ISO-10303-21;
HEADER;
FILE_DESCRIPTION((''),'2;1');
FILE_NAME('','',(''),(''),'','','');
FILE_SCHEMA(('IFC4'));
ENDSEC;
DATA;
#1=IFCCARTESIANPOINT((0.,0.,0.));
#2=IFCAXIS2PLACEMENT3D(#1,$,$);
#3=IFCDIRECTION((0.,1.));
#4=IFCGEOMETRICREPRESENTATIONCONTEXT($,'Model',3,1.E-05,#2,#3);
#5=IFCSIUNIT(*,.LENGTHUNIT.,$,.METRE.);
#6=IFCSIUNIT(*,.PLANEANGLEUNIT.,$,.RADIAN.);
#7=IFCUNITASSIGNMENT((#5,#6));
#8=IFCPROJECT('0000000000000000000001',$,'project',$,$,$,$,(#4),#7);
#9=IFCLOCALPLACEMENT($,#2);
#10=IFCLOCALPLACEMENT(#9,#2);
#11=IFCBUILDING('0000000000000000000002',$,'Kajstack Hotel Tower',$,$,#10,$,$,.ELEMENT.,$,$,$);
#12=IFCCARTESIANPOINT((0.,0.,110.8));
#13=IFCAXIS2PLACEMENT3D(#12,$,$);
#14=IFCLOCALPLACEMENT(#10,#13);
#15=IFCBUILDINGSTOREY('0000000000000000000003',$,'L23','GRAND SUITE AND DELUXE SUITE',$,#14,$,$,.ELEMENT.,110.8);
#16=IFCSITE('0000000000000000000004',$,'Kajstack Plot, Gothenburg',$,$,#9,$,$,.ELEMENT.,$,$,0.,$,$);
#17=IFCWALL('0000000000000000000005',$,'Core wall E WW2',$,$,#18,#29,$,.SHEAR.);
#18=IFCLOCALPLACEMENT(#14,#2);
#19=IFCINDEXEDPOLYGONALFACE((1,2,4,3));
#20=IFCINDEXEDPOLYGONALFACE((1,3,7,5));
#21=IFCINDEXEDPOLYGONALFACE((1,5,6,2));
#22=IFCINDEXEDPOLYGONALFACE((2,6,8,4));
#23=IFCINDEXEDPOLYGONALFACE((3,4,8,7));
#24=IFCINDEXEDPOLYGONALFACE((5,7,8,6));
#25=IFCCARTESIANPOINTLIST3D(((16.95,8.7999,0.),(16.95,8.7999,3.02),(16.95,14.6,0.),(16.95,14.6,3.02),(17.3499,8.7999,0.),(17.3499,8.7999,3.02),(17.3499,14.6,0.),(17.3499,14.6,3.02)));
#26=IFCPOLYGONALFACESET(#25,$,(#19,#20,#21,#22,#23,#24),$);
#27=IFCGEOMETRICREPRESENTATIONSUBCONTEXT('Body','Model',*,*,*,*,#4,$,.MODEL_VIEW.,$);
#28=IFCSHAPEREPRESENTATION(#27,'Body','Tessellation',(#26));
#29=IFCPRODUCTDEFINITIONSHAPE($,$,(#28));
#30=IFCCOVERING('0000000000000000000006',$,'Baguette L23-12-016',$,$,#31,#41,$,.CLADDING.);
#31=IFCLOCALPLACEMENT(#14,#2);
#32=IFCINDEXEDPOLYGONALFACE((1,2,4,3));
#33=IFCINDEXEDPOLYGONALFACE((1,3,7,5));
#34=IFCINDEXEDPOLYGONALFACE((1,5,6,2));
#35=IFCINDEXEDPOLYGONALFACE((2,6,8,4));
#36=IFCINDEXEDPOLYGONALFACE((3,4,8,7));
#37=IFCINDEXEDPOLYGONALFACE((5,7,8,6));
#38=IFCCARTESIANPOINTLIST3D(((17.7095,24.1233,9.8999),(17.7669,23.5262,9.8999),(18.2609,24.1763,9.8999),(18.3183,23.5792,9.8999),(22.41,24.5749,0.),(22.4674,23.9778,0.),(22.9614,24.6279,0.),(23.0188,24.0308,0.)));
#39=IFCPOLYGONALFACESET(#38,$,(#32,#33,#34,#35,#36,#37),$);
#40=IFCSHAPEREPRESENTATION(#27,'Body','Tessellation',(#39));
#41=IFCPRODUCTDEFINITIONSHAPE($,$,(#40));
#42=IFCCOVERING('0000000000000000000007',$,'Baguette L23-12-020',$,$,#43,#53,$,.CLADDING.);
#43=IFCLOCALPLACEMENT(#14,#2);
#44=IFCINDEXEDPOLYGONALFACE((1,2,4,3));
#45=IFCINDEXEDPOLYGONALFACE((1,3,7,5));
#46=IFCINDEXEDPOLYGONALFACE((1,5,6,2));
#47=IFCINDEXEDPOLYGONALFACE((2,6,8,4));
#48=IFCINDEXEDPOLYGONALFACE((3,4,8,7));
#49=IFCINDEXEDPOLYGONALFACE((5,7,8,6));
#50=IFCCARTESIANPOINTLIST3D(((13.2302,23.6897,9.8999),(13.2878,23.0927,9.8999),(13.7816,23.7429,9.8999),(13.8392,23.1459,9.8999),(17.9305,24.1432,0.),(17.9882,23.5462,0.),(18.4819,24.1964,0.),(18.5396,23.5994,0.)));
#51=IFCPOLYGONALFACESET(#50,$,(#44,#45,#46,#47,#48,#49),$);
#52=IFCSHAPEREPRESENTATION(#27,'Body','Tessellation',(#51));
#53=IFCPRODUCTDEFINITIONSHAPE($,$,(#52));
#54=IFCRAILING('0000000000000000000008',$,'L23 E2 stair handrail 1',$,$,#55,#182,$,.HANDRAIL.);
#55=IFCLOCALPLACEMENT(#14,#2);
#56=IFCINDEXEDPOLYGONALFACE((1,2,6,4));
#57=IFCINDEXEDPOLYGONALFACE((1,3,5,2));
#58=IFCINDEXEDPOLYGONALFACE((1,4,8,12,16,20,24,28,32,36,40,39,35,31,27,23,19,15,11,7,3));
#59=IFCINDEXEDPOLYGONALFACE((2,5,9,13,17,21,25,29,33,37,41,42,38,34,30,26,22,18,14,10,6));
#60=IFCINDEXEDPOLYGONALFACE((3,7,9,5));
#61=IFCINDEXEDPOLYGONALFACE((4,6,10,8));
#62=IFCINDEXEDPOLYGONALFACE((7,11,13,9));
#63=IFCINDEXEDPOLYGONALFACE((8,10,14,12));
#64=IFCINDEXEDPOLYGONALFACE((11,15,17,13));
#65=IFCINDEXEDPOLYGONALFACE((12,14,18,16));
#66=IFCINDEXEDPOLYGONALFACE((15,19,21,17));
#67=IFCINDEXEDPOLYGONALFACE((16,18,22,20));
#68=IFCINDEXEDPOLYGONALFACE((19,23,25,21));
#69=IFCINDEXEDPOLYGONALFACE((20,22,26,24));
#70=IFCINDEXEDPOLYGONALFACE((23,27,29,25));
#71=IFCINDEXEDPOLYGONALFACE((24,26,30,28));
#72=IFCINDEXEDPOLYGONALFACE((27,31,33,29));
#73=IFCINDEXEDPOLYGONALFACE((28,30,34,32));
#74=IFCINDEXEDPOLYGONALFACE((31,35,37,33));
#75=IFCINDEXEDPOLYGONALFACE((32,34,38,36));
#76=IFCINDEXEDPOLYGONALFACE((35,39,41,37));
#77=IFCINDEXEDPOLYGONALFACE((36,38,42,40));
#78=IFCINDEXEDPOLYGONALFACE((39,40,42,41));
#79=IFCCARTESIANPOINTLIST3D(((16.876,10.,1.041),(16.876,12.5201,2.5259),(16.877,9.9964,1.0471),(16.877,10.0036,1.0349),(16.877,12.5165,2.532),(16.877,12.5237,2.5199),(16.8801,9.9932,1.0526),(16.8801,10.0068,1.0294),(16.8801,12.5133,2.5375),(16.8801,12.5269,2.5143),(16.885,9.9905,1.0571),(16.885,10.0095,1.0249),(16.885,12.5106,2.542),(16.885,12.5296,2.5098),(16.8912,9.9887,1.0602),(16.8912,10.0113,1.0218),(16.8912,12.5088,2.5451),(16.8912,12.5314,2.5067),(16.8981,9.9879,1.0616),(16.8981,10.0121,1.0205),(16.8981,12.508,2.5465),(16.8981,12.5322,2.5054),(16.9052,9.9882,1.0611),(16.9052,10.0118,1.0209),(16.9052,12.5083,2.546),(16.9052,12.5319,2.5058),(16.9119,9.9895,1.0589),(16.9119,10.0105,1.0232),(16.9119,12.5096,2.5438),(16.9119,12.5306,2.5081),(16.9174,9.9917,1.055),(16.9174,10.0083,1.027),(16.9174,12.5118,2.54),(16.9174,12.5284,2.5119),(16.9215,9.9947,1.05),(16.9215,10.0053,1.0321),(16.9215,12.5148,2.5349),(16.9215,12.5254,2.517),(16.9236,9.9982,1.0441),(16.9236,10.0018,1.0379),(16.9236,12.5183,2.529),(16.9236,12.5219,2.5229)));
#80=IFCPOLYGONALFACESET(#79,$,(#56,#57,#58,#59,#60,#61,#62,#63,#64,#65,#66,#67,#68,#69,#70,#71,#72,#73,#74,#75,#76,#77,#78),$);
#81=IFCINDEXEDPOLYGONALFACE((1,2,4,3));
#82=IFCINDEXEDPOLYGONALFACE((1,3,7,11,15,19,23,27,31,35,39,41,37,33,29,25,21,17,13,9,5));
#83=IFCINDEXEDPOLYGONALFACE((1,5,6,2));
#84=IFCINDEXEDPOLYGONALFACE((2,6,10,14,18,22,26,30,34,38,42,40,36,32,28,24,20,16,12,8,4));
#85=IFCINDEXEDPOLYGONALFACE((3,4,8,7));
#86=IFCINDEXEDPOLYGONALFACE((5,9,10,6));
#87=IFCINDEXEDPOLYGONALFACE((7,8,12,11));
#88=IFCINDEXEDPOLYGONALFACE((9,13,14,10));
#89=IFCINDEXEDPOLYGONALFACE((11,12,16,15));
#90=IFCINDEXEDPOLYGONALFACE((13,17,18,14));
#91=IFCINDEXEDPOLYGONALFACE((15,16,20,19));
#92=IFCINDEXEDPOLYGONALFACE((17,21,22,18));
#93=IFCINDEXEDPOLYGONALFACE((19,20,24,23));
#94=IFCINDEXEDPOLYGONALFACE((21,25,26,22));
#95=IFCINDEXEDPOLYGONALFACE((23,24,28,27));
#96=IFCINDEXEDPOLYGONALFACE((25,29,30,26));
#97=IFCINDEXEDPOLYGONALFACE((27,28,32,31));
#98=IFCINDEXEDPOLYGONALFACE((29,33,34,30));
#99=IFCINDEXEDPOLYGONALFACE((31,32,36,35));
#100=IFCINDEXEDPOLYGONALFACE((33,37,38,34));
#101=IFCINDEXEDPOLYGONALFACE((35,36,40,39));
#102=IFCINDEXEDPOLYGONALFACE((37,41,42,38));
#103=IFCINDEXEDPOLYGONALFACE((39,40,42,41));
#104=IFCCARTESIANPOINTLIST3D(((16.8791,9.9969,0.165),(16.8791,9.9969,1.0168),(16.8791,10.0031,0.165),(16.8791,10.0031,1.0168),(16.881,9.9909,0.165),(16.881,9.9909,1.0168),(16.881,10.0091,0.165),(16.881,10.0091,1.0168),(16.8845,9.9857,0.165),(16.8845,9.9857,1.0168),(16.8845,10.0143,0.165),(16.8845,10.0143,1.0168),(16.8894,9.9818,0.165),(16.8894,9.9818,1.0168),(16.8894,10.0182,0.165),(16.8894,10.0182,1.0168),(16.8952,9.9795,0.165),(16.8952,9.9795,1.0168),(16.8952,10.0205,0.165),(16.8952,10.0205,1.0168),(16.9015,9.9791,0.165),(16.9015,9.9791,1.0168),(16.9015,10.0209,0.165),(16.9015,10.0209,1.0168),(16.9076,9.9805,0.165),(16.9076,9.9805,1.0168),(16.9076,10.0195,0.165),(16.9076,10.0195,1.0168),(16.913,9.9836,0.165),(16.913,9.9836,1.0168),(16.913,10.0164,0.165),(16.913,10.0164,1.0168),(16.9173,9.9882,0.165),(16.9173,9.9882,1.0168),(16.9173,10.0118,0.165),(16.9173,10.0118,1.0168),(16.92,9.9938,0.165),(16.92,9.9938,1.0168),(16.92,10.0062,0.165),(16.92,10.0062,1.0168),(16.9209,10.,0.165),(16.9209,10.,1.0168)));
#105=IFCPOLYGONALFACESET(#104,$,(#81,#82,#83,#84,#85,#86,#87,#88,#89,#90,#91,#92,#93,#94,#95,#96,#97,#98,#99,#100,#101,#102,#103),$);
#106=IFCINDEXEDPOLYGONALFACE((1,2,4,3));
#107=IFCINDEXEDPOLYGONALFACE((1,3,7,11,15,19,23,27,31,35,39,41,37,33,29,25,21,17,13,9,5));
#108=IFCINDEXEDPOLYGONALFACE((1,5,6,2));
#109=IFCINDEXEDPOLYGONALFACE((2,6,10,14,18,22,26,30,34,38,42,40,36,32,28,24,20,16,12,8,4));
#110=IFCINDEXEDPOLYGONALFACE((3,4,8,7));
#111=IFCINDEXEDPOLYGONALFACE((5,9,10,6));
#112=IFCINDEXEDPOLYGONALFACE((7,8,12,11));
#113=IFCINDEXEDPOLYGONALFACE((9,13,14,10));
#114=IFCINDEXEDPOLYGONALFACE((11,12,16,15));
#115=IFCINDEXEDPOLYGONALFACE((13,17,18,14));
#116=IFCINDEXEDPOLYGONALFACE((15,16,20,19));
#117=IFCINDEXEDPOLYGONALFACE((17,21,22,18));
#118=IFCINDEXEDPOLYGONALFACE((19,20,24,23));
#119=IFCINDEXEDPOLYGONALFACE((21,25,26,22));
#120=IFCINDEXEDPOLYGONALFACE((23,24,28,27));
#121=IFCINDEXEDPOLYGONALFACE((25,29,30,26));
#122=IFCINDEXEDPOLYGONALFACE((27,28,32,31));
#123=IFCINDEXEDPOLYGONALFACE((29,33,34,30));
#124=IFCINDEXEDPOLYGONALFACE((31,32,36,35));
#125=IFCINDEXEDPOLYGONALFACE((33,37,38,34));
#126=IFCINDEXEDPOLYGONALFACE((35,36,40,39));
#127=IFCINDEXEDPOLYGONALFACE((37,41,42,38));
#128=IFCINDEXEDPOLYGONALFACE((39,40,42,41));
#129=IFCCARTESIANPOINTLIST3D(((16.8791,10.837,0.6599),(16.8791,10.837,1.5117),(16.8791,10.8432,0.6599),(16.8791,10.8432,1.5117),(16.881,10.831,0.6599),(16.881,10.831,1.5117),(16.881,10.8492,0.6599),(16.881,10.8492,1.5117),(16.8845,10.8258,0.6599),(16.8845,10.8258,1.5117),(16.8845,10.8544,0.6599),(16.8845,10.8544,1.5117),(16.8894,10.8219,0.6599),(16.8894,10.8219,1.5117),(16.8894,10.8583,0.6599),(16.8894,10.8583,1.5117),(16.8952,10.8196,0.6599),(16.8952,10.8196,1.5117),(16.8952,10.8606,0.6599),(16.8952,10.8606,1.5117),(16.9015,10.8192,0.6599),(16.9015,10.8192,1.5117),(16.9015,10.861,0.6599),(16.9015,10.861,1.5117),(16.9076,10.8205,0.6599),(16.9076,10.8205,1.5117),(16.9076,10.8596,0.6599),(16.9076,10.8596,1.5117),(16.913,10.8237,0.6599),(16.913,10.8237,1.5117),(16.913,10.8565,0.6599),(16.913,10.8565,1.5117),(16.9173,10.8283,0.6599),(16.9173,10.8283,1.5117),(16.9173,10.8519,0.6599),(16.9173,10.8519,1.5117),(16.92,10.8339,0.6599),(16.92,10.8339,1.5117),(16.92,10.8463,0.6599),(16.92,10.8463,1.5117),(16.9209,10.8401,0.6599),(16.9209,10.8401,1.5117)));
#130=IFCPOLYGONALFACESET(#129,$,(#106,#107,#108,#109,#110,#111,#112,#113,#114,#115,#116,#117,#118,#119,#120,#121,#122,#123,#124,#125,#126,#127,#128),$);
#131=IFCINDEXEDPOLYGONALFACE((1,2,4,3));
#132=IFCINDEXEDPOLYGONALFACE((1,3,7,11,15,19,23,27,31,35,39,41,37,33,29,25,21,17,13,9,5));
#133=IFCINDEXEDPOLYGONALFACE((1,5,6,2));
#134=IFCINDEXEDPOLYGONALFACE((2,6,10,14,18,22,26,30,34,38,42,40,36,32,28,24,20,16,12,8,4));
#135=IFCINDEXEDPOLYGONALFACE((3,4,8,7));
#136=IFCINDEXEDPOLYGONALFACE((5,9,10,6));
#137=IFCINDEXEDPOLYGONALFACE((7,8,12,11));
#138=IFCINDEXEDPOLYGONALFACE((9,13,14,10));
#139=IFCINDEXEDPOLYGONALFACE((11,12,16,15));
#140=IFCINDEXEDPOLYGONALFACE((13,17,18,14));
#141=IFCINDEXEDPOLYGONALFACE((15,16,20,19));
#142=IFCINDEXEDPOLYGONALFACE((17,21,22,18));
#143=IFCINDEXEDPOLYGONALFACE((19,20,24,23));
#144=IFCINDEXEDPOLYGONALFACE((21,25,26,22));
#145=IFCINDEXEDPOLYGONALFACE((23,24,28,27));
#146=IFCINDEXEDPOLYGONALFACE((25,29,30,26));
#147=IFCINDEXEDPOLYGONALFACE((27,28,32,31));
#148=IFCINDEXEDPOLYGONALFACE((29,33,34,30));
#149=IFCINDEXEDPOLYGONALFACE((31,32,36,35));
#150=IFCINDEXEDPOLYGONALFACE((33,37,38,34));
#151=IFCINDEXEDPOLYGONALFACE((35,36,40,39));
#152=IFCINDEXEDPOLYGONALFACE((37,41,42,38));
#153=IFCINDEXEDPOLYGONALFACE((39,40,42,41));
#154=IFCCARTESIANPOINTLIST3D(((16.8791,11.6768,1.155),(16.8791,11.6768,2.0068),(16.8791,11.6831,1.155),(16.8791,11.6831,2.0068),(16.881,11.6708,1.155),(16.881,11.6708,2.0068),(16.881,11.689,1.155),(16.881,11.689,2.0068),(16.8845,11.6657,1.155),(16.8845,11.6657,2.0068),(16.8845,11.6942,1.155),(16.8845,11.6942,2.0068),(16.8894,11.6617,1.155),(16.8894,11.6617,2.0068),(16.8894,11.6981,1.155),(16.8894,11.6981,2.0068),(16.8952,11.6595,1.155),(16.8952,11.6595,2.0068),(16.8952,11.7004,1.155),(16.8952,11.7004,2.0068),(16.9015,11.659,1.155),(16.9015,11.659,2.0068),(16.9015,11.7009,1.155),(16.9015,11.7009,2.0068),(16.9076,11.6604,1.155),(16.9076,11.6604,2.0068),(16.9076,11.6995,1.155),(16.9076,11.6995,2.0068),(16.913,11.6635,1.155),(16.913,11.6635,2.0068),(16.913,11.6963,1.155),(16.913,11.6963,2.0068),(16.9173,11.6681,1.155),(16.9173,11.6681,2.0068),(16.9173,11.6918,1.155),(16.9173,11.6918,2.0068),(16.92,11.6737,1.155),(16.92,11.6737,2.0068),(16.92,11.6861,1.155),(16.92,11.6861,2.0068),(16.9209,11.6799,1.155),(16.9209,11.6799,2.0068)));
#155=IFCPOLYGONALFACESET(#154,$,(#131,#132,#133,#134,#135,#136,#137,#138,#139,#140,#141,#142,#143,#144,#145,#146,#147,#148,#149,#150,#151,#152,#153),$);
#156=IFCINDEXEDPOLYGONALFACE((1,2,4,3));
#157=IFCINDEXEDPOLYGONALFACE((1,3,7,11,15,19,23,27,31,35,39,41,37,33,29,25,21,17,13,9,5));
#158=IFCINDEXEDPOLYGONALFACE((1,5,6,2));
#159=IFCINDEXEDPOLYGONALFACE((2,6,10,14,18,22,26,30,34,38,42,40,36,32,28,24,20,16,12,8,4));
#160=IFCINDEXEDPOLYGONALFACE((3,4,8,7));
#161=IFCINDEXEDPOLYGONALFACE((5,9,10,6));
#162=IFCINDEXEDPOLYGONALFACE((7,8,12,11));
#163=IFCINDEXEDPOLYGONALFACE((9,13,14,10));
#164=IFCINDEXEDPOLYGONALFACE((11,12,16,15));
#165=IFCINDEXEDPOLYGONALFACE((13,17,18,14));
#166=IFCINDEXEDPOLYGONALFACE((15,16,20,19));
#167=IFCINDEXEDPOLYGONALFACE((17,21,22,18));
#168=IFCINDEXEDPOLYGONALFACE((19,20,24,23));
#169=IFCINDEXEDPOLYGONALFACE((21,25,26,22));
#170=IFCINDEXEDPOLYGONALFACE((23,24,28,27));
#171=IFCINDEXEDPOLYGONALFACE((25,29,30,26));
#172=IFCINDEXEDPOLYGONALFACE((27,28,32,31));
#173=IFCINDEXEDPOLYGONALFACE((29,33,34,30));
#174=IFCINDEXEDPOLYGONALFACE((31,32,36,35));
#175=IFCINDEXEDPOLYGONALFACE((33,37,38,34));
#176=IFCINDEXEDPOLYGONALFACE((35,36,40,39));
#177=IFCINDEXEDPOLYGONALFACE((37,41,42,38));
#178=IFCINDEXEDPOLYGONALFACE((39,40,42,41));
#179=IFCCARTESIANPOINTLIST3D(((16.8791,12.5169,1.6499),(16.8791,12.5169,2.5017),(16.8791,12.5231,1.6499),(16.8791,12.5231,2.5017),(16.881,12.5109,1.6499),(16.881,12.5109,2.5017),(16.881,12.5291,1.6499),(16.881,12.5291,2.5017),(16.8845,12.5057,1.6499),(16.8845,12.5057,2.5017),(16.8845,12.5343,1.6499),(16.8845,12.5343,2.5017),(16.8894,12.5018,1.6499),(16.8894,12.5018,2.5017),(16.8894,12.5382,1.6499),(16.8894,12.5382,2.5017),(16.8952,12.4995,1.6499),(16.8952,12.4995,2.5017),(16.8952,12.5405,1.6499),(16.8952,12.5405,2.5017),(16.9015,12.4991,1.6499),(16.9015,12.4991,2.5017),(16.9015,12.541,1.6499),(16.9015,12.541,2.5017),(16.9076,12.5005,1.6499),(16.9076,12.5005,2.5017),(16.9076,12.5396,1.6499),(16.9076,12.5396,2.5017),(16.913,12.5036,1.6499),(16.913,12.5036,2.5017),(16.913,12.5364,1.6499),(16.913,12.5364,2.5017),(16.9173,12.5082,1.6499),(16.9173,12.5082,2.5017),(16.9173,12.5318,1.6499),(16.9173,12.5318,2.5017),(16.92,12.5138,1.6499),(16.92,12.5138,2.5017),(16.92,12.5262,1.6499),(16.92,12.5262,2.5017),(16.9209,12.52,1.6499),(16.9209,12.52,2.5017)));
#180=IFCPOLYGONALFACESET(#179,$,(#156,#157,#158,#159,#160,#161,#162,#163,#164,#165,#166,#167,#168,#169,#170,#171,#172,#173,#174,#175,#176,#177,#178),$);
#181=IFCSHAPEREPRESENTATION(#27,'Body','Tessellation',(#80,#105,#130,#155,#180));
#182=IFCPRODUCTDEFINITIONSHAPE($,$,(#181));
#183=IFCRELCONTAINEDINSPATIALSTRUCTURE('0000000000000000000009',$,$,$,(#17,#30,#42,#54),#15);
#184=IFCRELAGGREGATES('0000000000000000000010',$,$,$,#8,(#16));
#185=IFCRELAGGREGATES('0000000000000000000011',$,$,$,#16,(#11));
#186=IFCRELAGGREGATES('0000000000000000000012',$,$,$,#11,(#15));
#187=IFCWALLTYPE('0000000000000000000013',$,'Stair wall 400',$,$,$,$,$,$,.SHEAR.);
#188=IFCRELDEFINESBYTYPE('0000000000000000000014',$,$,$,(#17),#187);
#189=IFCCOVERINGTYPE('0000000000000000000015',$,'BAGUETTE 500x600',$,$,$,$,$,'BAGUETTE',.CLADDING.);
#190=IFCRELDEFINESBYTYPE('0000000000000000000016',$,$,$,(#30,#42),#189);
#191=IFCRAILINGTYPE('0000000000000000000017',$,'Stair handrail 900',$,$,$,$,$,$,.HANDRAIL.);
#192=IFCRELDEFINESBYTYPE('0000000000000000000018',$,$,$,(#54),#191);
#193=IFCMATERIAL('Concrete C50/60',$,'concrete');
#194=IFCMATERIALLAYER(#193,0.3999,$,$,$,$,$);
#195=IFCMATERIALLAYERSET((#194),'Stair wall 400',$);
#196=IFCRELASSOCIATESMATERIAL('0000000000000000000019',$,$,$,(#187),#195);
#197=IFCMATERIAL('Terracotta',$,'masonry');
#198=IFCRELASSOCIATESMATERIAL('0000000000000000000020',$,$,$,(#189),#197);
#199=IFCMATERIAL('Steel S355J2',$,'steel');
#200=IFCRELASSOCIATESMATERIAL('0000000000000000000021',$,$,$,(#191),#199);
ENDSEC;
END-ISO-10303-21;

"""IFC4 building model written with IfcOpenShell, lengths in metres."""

from ifc_helpers import new_model, si_unit, direction, frame, frame_2d, origin, origin_2d, place, context, subcontext, project, spatial, polyline, rectangle, circle, outline, extrude, material, layer, layer_set, material_profile, profile_set, type_object, element, save


model = new_model("IFC4")

# Units and contexts
model_context = context("Model", 3, precision=1e-05, world=origin(), true_north=direction((0.0, 1.0)))
body_context = subcontext(model_context, "Body", "Model", "MODEL_VIEW")
ifc_project = project(units=[si_unit("LENGTHUNIT", "METRE"), si_unit("PLANEANGLEUNIT", "RADIAN")], contexts=[model_context])

# Site, building, storey
site_placement = place(None, origin())
site = spatial("IfcSite", under=ifc_project, at=site_placement, Name="Kajstack Plot, Gothenburg", CompositionType="ELEMENT", RefElevation=0.0)
building_placement = place(site_placement, origin())
building = spatial("IfcBuilding", under=site, at=building_placement, Name="Kajstack Hotel Tower", CompositionType="ELEMENT")
storey_placement = place(building_placement, frame((0.0, 0.0, 110.8)))
storey = spatial("IfcBuildingStorey", under=building, at=storey_placement, Name="L23", Description="GRAND SUITE AND DELUXE SUITE", CompositionType="ELEMENT", Elevation=110.8)

# Shared definitions
ifc_material_1 = material(Name="Concrete C50/60", Category="concrete")

# Wall
ifc_layer_1 = layer(ifc_material_1, 0.3999)
ifc_layer_set_1 = layer_set([ifc_layer_1], Name="Stair wall 400")
wall_type_1 = type_object("IfcWallType", Name="Stair wall 400", PredefinedType="SHEAR", material=ifc_layer_set_1)
wall_1_placement = place(storey_placement, frame((17.1499, 8.8, 0.0), z_axis=(0.0, 0.0, 1.0), x_axis=(0.0, 1.0, 0.0)))
element("IfcWall", 1, at=wall_1_placement, inside=storey, type_object=wall_type_1, Name="Core wall E WW2", PredefinedType="SHEAR", context=body_context, shape_type="SweptSolid", body=[
    extrude(rectangle(XDim=5.8, YDim=0.3999, at=frame_2d((2.8999, 0.0))), origin(), (0.0, 0.0, 1.0), 3.02),
])

# Coverings
ifc_material_2 = material(Name="Terracotta", Category="masonry")
ifc_material_profile = material_profile(ifc_material_2, rectangle(XDim=0.6001, YDim=0.5, at=origin_2d()), Name="Terracotta-clad concrete baguette 500 x 600")
ifc_profile_set = profile_set([ifc_material_profile], Name="Terracotta")
covering_type = type_object("IfcCoveringType", Name="BAGUETTE 500x600", ElementType="BAGUETTE", PredefinedType="CLADDING", material=ifc_profile_set)
for number, where, z_axis, x_axis, name in (
    (2, (23.0188, 24.0308, 0.0), (-0.095635, 0.995416, 0.0), (-0.995416, -0.095635, 0.0), "Baguette L23-12-016"),
    (3, (18.5396, 23.5994, 0.0), (-0.096038, 0.995378, 0.0), (-0.995378, -0.096038, 0.0), "Baguette L23-12-020"),
):
    element("IfcCovering", number, at=place(storey_placement, frame(where, z_axis=z_axis, x_axis=x_axis)), inside=storey, type_object=covering_type, Name=name, PredefinedType="CLADDING", context=body_context, shape_type="SweptSolid", body=[
        extrude(outline(polyline([(4.7222, 9.8999), (0.0, 0.0), (0.554, 0.0), (5.2761, 9.8999), (4.7222, 9.8999)])), origin(), (0.0, 0.0, 1.0), 0.5999),
    ])

# Railing
ifc_material_3 = material(Name="Steel S355J2", Category="steel")
railing_type = type_object("IfcRailingType", Name="Stair handrail 900", PredefinedType="HANDRAIL", material=ifc_material_3)
railing_placement = place(storey_placement, frame((16.8999, 10.0, 0.165)))
element("IfcRailing", 4, at=railing_placement, inside=storey, type_object=railing_type, Name="L23 E2 stair handrail 1", PredefinedType="HANDRAIL", context=body_context, shape_type="SweptSolid", body=[
    extrude(circle(Radius=0.0239, at=origin_2d()), frame((0.0, 0.0, 0.876), z_axis=(0.0, 0.861561, 0.507655), x_axis=(-1.0, 0.0, 0.0)), (0.0, 0.0, 1.0), 2.925),
    extrude(circle(Radius=0.021, at=origin_2d()), origin(), (0.0, 0.0, 1.0), 0.8518),
    extrude(circle(Radius=0.021, at=origin_2d()), frame((0.0, 0.8401, 0.4949)), (0.0, 0.0, 1.0), 0.8518),
    extrude(circle(Radius=0.021, at=origin_2d()), frame((0.0, 1.6799, 0.99)), (0.0, 0.0, 1.0), 0.8518),
    extrude(circle(Radius=0.021, at=origin_2d()), frame((0.0, 2.52, 1.4849)), (0.0, 0.0, 1.0), 0.8518),
])

save(model, "model.ifc")
